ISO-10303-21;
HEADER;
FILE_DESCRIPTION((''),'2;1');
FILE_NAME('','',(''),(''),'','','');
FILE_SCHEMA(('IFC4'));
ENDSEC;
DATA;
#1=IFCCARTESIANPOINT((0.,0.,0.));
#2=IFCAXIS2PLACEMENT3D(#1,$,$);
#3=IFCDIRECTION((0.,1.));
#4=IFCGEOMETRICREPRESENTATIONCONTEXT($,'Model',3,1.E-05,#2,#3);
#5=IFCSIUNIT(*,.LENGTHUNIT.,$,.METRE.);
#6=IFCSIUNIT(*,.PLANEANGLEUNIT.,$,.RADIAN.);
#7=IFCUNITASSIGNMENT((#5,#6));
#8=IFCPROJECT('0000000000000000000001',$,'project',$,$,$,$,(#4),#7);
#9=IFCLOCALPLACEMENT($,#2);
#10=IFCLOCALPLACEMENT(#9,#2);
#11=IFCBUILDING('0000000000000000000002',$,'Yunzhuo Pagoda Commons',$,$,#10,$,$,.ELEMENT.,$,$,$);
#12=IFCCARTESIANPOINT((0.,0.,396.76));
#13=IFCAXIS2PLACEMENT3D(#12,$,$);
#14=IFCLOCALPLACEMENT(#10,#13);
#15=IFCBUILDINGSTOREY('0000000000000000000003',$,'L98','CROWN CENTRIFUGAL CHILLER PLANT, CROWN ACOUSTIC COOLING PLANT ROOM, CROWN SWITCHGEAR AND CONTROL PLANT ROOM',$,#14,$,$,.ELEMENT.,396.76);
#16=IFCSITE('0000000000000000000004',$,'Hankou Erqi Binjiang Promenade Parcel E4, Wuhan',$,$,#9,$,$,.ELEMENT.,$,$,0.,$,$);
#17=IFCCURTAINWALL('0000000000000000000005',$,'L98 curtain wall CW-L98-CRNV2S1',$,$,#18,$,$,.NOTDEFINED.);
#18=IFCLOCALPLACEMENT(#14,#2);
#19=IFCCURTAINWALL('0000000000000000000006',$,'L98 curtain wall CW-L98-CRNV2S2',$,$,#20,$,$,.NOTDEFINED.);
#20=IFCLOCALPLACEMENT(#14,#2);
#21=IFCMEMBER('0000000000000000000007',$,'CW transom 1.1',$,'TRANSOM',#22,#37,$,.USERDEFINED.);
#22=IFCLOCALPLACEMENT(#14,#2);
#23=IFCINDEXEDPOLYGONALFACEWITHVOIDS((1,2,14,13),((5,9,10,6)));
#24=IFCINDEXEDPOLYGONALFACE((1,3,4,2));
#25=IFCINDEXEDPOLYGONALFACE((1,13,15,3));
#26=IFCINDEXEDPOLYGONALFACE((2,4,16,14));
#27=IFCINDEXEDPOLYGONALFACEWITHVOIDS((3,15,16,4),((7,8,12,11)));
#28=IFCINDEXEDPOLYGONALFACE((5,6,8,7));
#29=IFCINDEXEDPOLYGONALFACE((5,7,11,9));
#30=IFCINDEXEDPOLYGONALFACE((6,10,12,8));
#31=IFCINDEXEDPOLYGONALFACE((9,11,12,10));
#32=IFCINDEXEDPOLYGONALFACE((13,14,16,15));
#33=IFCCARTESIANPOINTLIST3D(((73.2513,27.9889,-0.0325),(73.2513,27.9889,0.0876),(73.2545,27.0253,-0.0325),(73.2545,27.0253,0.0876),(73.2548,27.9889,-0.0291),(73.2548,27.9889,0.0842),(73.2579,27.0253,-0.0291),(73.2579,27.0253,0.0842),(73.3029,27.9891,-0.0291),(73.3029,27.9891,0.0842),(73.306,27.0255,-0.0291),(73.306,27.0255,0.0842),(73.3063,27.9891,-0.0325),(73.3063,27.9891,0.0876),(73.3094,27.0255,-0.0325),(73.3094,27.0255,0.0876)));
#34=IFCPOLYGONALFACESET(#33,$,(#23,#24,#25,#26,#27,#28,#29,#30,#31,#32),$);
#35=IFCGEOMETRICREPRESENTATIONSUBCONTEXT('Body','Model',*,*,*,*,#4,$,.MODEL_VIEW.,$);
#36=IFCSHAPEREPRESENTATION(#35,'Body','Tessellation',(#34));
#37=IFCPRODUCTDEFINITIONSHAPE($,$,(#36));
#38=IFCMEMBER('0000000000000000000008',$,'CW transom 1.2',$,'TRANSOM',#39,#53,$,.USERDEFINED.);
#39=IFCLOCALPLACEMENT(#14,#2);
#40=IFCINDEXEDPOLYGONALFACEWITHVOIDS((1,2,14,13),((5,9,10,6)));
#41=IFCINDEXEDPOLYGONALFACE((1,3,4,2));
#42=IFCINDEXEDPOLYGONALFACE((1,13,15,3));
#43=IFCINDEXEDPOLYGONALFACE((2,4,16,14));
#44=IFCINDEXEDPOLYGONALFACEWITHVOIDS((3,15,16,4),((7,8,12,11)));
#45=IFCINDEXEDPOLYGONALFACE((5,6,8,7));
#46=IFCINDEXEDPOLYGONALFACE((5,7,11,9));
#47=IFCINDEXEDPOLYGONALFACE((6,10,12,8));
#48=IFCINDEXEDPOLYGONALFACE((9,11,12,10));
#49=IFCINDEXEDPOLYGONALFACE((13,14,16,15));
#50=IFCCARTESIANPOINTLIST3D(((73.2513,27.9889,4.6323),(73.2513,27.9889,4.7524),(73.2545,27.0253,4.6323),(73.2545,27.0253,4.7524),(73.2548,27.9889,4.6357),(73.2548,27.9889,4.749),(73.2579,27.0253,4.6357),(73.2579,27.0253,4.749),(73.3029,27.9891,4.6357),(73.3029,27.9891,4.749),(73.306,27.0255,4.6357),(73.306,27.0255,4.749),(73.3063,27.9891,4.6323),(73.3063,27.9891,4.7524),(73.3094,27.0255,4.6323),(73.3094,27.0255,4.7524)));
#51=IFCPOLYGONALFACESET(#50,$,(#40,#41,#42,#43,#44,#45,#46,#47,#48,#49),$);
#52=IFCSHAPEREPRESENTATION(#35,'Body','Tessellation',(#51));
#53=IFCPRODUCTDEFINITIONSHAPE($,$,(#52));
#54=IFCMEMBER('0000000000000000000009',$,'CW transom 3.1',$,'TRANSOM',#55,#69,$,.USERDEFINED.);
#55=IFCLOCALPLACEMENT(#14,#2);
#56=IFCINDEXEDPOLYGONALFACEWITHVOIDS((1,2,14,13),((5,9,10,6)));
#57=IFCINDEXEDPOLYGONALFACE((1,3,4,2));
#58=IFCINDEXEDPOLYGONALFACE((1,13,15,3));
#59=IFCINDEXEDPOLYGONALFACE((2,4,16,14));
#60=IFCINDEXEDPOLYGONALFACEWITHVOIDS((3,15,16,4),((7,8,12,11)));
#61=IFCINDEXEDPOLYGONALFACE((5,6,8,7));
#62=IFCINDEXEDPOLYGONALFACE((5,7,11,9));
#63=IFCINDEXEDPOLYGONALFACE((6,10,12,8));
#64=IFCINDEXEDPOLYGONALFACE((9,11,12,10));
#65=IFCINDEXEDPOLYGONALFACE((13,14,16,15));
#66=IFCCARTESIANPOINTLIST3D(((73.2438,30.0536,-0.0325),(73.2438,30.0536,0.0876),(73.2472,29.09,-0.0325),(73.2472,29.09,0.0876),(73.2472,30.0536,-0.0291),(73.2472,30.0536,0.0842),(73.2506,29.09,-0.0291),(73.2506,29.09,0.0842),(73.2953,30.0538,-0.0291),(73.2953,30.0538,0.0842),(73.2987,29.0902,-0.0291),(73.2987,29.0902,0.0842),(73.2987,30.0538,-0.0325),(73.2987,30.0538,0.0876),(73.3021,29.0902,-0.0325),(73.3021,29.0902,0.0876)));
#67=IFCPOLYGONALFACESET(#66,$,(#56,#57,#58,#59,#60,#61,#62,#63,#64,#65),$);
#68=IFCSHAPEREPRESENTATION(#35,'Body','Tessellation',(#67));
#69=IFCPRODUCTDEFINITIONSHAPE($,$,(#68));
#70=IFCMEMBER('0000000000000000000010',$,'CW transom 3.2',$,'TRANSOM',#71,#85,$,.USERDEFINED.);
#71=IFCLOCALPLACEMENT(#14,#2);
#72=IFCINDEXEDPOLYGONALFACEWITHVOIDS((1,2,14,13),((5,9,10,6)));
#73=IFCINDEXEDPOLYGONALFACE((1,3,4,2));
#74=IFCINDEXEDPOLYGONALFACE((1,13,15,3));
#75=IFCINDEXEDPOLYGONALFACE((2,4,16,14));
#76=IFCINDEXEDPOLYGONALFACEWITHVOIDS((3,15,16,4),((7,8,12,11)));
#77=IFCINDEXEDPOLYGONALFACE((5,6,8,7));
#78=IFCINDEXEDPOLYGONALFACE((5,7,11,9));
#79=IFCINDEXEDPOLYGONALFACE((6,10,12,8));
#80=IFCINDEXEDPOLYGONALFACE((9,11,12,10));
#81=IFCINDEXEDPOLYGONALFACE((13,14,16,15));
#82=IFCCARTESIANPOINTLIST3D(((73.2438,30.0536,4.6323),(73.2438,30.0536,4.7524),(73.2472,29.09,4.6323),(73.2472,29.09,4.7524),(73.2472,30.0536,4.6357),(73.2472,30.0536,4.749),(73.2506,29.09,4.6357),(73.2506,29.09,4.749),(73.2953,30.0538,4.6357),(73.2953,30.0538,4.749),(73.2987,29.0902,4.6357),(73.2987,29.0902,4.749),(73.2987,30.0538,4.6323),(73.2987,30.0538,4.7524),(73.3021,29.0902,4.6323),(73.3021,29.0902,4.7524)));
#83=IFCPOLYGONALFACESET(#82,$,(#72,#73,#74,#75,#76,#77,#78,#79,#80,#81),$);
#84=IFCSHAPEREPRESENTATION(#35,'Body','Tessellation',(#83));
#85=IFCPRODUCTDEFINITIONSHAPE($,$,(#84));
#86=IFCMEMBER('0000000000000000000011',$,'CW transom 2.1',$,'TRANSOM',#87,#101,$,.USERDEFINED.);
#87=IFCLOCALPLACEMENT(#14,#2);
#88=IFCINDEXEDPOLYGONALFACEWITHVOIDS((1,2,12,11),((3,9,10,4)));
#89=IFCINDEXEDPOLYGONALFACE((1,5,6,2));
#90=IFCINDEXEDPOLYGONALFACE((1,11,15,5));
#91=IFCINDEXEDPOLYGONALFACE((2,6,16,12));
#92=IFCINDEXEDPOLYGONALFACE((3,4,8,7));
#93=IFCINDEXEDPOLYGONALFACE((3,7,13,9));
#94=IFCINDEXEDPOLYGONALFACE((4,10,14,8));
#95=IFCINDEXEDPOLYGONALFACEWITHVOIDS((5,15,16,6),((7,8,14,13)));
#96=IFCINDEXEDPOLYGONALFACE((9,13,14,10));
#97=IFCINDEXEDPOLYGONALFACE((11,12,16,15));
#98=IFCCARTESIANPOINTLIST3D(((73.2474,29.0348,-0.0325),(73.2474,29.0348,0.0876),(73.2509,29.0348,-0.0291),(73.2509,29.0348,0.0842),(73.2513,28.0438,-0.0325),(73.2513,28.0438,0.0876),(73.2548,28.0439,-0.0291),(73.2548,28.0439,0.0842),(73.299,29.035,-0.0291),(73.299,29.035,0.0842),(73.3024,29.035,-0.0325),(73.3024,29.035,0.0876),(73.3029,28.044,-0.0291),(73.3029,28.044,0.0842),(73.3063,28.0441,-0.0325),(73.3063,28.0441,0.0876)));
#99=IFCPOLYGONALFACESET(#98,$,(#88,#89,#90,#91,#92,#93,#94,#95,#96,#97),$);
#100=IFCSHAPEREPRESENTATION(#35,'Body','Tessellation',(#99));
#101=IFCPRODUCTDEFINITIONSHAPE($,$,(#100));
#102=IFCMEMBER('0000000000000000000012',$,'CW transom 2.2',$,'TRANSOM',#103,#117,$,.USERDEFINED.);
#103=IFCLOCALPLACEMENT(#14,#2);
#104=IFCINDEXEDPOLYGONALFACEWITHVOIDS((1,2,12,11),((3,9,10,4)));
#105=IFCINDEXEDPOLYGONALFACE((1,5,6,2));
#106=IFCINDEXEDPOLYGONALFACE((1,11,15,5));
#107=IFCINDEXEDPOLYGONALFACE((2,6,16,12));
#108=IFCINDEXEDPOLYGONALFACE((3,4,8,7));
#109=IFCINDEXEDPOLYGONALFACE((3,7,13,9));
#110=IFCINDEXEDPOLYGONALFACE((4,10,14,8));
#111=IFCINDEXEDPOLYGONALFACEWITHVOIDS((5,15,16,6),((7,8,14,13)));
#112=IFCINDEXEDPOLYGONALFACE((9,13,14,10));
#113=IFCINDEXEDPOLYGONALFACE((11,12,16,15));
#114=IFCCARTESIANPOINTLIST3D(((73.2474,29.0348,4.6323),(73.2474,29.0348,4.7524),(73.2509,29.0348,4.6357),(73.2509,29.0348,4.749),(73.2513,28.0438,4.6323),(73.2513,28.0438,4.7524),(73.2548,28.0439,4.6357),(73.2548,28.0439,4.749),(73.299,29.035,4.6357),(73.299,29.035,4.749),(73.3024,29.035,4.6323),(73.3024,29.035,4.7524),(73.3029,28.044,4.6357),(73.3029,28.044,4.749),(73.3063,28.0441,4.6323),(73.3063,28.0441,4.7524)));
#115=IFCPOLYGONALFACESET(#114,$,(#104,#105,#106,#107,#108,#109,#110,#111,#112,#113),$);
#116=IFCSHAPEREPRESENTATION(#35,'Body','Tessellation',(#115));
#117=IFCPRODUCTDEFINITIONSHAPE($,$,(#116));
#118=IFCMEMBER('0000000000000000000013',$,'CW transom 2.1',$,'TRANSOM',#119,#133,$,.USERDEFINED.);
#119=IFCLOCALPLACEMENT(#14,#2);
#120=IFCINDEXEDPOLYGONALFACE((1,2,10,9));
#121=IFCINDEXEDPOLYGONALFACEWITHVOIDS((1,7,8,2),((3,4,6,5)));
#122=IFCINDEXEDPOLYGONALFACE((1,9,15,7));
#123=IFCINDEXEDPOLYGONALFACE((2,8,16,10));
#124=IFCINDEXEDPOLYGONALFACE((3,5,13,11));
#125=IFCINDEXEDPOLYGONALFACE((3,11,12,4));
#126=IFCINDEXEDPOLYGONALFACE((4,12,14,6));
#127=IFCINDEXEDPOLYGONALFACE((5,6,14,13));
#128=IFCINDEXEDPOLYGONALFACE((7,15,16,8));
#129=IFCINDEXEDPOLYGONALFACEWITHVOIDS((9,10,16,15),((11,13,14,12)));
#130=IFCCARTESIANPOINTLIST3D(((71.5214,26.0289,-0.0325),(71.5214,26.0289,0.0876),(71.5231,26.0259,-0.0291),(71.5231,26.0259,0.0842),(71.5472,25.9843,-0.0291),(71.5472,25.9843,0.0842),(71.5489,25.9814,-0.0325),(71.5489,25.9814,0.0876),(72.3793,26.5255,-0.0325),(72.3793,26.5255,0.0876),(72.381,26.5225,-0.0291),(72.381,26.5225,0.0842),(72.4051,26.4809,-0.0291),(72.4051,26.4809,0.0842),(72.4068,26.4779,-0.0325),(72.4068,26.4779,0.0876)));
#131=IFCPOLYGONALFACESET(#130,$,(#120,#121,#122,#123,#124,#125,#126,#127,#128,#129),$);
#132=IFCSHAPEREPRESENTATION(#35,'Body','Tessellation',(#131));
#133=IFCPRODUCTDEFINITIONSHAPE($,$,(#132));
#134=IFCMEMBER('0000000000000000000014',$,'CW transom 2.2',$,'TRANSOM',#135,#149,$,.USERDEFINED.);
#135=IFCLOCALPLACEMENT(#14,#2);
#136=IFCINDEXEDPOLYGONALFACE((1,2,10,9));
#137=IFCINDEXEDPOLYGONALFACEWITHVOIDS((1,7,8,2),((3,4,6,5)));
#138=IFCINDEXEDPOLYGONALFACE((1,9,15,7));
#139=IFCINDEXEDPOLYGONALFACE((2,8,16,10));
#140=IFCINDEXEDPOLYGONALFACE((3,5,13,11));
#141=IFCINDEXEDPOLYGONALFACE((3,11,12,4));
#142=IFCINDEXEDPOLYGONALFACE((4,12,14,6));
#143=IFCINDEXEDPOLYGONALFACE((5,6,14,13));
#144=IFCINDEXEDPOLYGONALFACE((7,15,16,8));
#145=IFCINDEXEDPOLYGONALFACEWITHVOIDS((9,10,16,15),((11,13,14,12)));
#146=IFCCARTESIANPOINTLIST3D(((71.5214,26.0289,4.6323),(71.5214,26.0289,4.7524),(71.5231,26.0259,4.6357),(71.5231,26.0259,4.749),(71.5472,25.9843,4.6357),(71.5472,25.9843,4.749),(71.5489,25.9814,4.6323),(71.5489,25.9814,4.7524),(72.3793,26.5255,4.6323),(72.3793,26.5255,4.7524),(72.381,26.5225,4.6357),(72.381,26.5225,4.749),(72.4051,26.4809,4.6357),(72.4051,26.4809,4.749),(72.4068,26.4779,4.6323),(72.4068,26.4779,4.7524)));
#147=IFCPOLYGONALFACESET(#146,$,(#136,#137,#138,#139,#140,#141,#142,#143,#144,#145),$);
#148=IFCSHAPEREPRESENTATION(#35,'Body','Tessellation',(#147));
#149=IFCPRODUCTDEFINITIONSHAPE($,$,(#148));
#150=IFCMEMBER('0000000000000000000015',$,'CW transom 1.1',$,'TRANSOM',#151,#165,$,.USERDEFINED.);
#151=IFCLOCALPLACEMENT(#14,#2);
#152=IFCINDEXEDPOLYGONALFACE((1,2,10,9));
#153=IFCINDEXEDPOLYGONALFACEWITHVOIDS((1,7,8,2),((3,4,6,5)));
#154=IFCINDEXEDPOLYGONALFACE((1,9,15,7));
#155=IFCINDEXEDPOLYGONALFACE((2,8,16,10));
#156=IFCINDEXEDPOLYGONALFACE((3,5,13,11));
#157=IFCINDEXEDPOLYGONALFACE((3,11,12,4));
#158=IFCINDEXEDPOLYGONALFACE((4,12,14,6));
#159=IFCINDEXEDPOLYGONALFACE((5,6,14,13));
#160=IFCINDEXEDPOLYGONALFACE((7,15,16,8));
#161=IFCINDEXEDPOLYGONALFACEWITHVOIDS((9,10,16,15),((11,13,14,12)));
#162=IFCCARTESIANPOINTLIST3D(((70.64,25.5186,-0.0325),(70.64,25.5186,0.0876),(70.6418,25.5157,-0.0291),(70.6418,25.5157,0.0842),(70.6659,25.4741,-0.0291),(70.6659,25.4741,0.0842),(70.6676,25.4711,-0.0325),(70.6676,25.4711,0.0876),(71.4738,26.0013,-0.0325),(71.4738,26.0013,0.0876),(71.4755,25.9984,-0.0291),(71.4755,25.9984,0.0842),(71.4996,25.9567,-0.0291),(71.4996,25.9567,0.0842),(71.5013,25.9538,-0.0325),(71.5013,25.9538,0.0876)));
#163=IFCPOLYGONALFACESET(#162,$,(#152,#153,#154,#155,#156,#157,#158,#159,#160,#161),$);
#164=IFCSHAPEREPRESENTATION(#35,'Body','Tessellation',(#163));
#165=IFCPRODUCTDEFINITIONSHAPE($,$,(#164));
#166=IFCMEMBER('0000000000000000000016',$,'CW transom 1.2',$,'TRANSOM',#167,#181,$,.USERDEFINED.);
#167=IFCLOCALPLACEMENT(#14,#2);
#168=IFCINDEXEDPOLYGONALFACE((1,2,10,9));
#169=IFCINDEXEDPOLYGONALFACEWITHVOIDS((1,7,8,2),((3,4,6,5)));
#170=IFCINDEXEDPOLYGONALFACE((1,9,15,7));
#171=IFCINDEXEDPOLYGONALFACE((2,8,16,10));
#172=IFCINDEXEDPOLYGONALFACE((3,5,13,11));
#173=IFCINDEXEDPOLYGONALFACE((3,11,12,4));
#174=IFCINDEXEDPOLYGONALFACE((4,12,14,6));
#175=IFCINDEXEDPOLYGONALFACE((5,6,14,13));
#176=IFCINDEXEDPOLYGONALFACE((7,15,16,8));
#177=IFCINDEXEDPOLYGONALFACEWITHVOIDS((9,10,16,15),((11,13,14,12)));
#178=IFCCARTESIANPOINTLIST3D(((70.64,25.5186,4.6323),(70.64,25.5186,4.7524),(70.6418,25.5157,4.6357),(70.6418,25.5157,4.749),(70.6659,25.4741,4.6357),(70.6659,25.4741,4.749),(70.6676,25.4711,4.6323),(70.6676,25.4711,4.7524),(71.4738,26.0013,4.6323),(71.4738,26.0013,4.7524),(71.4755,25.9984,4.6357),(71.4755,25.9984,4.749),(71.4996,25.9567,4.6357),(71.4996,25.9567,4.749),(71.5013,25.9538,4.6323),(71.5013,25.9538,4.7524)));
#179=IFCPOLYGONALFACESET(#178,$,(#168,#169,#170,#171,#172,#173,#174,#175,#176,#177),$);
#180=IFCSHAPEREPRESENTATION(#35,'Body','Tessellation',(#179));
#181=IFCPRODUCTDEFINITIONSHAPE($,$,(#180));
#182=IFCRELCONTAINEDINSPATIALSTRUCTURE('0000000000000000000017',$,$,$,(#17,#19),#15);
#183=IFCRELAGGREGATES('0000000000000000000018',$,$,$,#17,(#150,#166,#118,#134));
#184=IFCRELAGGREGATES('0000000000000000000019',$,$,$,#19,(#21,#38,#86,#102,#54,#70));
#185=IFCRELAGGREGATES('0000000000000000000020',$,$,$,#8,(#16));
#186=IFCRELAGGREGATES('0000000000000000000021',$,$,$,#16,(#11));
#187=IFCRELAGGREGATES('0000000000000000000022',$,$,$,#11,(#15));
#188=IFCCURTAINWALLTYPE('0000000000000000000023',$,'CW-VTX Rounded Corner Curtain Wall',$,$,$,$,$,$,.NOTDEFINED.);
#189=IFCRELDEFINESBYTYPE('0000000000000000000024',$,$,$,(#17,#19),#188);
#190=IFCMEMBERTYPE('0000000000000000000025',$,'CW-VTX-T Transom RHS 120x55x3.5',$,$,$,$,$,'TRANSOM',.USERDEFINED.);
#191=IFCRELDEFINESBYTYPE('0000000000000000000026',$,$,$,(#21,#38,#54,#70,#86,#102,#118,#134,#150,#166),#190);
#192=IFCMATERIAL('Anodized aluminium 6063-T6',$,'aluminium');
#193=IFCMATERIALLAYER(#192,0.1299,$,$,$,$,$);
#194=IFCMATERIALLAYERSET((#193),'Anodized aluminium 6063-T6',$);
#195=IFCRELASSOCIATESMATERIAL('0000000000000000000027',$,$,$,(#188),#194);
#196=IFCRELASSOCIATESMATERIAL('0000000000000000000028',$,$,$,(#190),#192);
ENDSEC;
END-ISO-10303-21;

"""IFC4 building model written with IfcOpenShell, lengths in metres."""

from ifc_helpers import new_model, si_unit, direction, frame, origin, origin_2d, place, context, subcontext, project, spatial, hollow_rectangle, extrude, source, transform, mapped, material, layer, layer_set, material_profile, profile_set, type_object, element, aggregate, save


model = new_model("IFC4")

# Units and contexts
model_context = context("Model", 3, precision=1e-05, world=origin(), true_north=direction((0.0, 1.0)))
body_context = subcontext(model_context, "Body", "Model", "MODEL_VIEW")
ifc_project = project(units=[si_unit("LENGTHUNIT", "METRE"), si_unit("PLANEANGLEUNIT", "RADIAN")], contexts=[model_context])

# Site, building, storey
site_placement = place(None, origin())
site = spatial("IfcSite", under=ifc_project, at=site_placement, Name="Hankou Erqi Binjiang Promenade Parcel E4, Wuhan", CompositionType="ELEMENT", RefElevation=0.0)
building_placement = place(site_placement, origin())
building = spatial("IfcBuilding", under=site, at=building_placement, Name="Yunzhuo Pagoda Commons", CompositionType="ELEMENT")
storey_placement = place(building_placement, frame((0.0, 0.0, 396.76)))
storey = spatial("IfcBuildingStorey", under=building, at=storey_placement, Name="L98", Description="CROWN CENTRIFUGAL CHILLER PLANT, CROWN ACOUSTIC COOLING PLANT ROOM, CROWN SWITCHGEAR AND CONTROL PLANT ROOM", CompositionType="ELEMENT", Elevation=396.76)

# Shared definitions
ifc_material_1 = material(Name="Anodized aluminium 6063-T6", Category="aluminium")

# Curtain walls
ifc_layer_1 = layer(ifc_material_1, 0.1299)
ifc_layer_set_1 = layer_set([ifc_layer_1], Name="Anodized aluminium 6063-T6")
curtain_wall_type_1 = type_object("IfcCurtainWallType", Name="CW-VTX Rounded Corner Curtain Wall", PredefinedType="NOTDEFINED", material=ifc_layer_set_1)
curtain_wall_1_placement = place(storey_placement, origin())
curtain_wall_1 = element("IfcCurtainWall", 1, at=curtain_wall_1_placement, inside=storey, type_object=curtain_wall_type_1, Name="L98 curtain wall CW-L98-CRNV2S1", PredefinedType="NOTDEFINED")
curtain_wall_2_placement = place(storey_placement, origin())
curtain_wall_2 = element("IfcCurtainWall", 2, at=curtain_wall_2_placement, inside=storey, type_object=curtain_wall_type_1, Name="L98 curtain wall CW-L98-CRNV2S2", PredefinedType="NOTDEFINED")

# Members
ifc_material_profile_1 = material_profile(ifc_material_1, hollow_rectangle(XDim=0.0549, YDim=0.1201, WallThickness=0.0034, at=origin_2d()), Name="Anodized aluminium 6063-T6")
ifc_profile_set_1 = profile_set([ifc_material_profile_1], Name="Anodized aluminium 6063-T6")
member_type_1 = type_object("IfcMemberType", Name="CW-VTX-T Transom RHS 120x55x3.5", ElementType="TRANSOM", PredefinedType="USERDEFINED", material=ifc_profile_set_1)
shared_shape_1 = source(origin(), body_context, "Body", "SweptSolid", [
    extrude(hollow_rectangle(XDim=0.0549, YDim=0.1201, WallThickness=0.0034, at=origin_2d()), origin(), (0.0, 0.0, 1.0), 0.9636),
])
member_1_placement = place(storey_placement, frame((73.282, 27.0254, 0.0276), z_axis=(-0.003294, 0.999995, 0.0), x_axis=(-0.999995, -0.003294, 0.0)))
member_1 = element("IfcMember", 3, at=member_1_placement, type_object=member_type_1, Name="CW transom 1.1", ObjectType="TRANSOM", PredefinedType="USERDEFINED", context=body_context, shape_type="MappedRepresentation", body=[
    mapped(shared_shape_1, transform((0.0, 0.0, 0.0), scale=1.0)),
])
member_2_placement = place(storey_placement, frame((73.282, 27.0254, 4.6924), z_axis=(-0.003294, 0.999995, 0.0), x_axis=(-0.999995, -0.003294, 0.0)))
member_2 = element("IfcMember", 4, at=member_2_placement, type_object=member_type_1, Name="CW transom 1.2", ObjectType="TRANSOM", PredefinedType="USERDEFINED", context=body_context, shape_type="MappedRepresentation", body=[
    mapped(shared_shape_1, transform((0.0, 0.0, 0.0), scale=1.0)),
])
member_3_placement = place(storey_placement, frame((73.2747, 29.0901, 0.0276), z_axis=(-0.003547, 0.999994, 0.0), x_axis=(-0.999994, -0.003547, 0.0)))
member_3 = element("IfcMember", 5, at=member_3_placement, type_object=member_type_1, Name="CW transom 3.1", ObjectType="TRANSOM", PredefinedType="USERDEFINED", context=body_context, shape_type="MappedRepresentation", body=[
    mapped(shared_shape_1, transform((0.0, 0.0, 0.0), scale=1.0)),
])
member_4_placement = place(storey_placement, frame((73.2747, 29.0901, 4.6924), z_axis=(-0.003547, 0.999994, 0.0), x_axis=(-0.999994, -0.003547, 0.0)))
member_4 = element("IfcMember", 6, at=member_4_placement, type_object=member_type_1, Name="CW transom 3.2", ObjectType="TRANSOM", PredefinedType="USERDEFINED", context=body_context, shape_type="MappedRepresentation", body=[
    mapped(shared_shape_1, transform((0.0, 0.0, 0.0), scale=1.0)),
])
shared_shape_2 = source(origin(), body_context, "Body", "SweptSolid", [
    extrude(hollow_rectangle(XDim=0.0549, YDim=0.1201, WallThickness=0.0034, at=origin_2d()), origin(), (0.0, 0.0, 1.0), 0.991),
])
member_5_placement = place(storey_placement, frame((73.2788, 28.0439, 0.0276), z_axis=(-0.003942, 0.999992, 0.0), x_axis=(-0.999992, -0.003942, 0.0)))
member_5 = element("IfcMember", 7, at=member_5_placement, type_object=member_type_1, Name="CW transom 2.1", ObjectType="TRANSOM", PredefinedType="USERDEFINED", context=body_context, shape_type="MappedRepresentation", body=[
    mapped(shared_shape_2, transform((0.0, 0.0, 0.0), scale=1.0)),
])
member_6_placement = place(storey_placement, frame((73.2788, 28.0439, 4.6924), z_axis=(-0.003942, 0.999992, 0.0), x_axis=(-0.999992, -0.003942, 0.0)))
member_6 = element("IfcMember", 8, at=member_6_placement, type_object=member_type_1, Name="CW transom 2.2", ObjectType="TRANSOM", PredefinedType="USERDEFINED", context=body_context, shape_type="MappedRepresentation", body=[
    mapped(shared_shape_2, transform((0.0, 0.0, 0.0), scale=1.0)),
])
shared_shape_3 = source(origin(), body_context, "Body", "SweptSolid", [
    extrude(hollow_rectangle(XDim=0.0549, YDim=0.1201, WallThickness=0.0034, at=origin_2d()), origin(), (0.0, 0.0, 1.0), 0.9912),
])
member_7_placement = place(storey_placement, frame((71.5352, 26.0051, 0.0276), z_axis=(0.865471, 0.500959, 0.0), x_axis=(-0.500959, 0.865471, 0.0)))
member_7 = element("IfcMember", 9, at=member_7_placement, type_object=member_type_1, Name="CW transom 2.1", ObjectType="TRANSOM", PredefinedType="USERDEFINED", context=body_context, shape_type="MappedRepresentation", body=[
    mapped(shared_shape_3, transform((0.0, 0.0, 0.0), scale=1.0)),
])
member_8_placement = place(storey_placement, frame((71.5352, 26.0051, 4.6924), z_axis=(0.865471, 0.500959, 0.0), x_axis=(-0.500959, 0.865471, 0.0)))
member_8 = element("IfcMember", 10, at=member_8_placement, type_object=member_type_1, Name="CW transom 2.2", ObjectType="TRANSOM", PredefinedType="USERDEFINED", context=body_context, shape_type="MappedRepresentation", body=[
    mapped(shared_shape_3, transform((0.0, 0.0, 0.0), scale=1.0)),
])
shared_shape_4 = source(origin(), body_context, "Body", "SweptSolid", [
    extrude(hollow_rectangle(XDim=0.0549, YDim=0.1201, WallThickness=0.0034, at=origin_2d()), origin(), (0.0, 0.0, 1.0), 0.9634),
])
member_9_placement = place(storey_placement, frame((70.6538, 25.4949, 0.0276), z_axis=(0.865438, 0.501016, 0.0), x_axis=(-0.501016, 0.865438, 0.0)))
member_9 = element("IfcMember", 11, at=member_9_placement, type_object=member_type_1, Name="CW transom 1.1", ObjectType="TRANSOM", PredefinedType="USERDEFINED", context=body_context, shape_type="MappedRepresentation", body=[
    mapped(shared_shape_4, transform((0.0, 0.0, 0.0), scale=1.0)),
])
member_10_placement = place(storey_placement, frame((70.6538, 25.4949, 4.6924), z_axis=(0.865438, 0.501016, 0.0), x_axis=(-0.501016, 0.865438, 0.0)))
member_10 = element("IfcMember", 12, at=member_10_placement, type_object=member_type_1, Name="CW transom 1.2", ObjectType="TRANSOM", PredefinedType="USERDEFINED", context=body_context, shape_type="MappedRepresentation", body=[
    mapped(shared_shape_4, transform((0.0, 0.0, 0.0), scale=1.0)),
])

aggregate(curtain_wall_1, [member_9, member_10, member_7, member_8])
aggregate(curtain_wall_2, [member_1, member_2, member_5, member_6, member_3, member_4])

save(model, "model.ifc")
